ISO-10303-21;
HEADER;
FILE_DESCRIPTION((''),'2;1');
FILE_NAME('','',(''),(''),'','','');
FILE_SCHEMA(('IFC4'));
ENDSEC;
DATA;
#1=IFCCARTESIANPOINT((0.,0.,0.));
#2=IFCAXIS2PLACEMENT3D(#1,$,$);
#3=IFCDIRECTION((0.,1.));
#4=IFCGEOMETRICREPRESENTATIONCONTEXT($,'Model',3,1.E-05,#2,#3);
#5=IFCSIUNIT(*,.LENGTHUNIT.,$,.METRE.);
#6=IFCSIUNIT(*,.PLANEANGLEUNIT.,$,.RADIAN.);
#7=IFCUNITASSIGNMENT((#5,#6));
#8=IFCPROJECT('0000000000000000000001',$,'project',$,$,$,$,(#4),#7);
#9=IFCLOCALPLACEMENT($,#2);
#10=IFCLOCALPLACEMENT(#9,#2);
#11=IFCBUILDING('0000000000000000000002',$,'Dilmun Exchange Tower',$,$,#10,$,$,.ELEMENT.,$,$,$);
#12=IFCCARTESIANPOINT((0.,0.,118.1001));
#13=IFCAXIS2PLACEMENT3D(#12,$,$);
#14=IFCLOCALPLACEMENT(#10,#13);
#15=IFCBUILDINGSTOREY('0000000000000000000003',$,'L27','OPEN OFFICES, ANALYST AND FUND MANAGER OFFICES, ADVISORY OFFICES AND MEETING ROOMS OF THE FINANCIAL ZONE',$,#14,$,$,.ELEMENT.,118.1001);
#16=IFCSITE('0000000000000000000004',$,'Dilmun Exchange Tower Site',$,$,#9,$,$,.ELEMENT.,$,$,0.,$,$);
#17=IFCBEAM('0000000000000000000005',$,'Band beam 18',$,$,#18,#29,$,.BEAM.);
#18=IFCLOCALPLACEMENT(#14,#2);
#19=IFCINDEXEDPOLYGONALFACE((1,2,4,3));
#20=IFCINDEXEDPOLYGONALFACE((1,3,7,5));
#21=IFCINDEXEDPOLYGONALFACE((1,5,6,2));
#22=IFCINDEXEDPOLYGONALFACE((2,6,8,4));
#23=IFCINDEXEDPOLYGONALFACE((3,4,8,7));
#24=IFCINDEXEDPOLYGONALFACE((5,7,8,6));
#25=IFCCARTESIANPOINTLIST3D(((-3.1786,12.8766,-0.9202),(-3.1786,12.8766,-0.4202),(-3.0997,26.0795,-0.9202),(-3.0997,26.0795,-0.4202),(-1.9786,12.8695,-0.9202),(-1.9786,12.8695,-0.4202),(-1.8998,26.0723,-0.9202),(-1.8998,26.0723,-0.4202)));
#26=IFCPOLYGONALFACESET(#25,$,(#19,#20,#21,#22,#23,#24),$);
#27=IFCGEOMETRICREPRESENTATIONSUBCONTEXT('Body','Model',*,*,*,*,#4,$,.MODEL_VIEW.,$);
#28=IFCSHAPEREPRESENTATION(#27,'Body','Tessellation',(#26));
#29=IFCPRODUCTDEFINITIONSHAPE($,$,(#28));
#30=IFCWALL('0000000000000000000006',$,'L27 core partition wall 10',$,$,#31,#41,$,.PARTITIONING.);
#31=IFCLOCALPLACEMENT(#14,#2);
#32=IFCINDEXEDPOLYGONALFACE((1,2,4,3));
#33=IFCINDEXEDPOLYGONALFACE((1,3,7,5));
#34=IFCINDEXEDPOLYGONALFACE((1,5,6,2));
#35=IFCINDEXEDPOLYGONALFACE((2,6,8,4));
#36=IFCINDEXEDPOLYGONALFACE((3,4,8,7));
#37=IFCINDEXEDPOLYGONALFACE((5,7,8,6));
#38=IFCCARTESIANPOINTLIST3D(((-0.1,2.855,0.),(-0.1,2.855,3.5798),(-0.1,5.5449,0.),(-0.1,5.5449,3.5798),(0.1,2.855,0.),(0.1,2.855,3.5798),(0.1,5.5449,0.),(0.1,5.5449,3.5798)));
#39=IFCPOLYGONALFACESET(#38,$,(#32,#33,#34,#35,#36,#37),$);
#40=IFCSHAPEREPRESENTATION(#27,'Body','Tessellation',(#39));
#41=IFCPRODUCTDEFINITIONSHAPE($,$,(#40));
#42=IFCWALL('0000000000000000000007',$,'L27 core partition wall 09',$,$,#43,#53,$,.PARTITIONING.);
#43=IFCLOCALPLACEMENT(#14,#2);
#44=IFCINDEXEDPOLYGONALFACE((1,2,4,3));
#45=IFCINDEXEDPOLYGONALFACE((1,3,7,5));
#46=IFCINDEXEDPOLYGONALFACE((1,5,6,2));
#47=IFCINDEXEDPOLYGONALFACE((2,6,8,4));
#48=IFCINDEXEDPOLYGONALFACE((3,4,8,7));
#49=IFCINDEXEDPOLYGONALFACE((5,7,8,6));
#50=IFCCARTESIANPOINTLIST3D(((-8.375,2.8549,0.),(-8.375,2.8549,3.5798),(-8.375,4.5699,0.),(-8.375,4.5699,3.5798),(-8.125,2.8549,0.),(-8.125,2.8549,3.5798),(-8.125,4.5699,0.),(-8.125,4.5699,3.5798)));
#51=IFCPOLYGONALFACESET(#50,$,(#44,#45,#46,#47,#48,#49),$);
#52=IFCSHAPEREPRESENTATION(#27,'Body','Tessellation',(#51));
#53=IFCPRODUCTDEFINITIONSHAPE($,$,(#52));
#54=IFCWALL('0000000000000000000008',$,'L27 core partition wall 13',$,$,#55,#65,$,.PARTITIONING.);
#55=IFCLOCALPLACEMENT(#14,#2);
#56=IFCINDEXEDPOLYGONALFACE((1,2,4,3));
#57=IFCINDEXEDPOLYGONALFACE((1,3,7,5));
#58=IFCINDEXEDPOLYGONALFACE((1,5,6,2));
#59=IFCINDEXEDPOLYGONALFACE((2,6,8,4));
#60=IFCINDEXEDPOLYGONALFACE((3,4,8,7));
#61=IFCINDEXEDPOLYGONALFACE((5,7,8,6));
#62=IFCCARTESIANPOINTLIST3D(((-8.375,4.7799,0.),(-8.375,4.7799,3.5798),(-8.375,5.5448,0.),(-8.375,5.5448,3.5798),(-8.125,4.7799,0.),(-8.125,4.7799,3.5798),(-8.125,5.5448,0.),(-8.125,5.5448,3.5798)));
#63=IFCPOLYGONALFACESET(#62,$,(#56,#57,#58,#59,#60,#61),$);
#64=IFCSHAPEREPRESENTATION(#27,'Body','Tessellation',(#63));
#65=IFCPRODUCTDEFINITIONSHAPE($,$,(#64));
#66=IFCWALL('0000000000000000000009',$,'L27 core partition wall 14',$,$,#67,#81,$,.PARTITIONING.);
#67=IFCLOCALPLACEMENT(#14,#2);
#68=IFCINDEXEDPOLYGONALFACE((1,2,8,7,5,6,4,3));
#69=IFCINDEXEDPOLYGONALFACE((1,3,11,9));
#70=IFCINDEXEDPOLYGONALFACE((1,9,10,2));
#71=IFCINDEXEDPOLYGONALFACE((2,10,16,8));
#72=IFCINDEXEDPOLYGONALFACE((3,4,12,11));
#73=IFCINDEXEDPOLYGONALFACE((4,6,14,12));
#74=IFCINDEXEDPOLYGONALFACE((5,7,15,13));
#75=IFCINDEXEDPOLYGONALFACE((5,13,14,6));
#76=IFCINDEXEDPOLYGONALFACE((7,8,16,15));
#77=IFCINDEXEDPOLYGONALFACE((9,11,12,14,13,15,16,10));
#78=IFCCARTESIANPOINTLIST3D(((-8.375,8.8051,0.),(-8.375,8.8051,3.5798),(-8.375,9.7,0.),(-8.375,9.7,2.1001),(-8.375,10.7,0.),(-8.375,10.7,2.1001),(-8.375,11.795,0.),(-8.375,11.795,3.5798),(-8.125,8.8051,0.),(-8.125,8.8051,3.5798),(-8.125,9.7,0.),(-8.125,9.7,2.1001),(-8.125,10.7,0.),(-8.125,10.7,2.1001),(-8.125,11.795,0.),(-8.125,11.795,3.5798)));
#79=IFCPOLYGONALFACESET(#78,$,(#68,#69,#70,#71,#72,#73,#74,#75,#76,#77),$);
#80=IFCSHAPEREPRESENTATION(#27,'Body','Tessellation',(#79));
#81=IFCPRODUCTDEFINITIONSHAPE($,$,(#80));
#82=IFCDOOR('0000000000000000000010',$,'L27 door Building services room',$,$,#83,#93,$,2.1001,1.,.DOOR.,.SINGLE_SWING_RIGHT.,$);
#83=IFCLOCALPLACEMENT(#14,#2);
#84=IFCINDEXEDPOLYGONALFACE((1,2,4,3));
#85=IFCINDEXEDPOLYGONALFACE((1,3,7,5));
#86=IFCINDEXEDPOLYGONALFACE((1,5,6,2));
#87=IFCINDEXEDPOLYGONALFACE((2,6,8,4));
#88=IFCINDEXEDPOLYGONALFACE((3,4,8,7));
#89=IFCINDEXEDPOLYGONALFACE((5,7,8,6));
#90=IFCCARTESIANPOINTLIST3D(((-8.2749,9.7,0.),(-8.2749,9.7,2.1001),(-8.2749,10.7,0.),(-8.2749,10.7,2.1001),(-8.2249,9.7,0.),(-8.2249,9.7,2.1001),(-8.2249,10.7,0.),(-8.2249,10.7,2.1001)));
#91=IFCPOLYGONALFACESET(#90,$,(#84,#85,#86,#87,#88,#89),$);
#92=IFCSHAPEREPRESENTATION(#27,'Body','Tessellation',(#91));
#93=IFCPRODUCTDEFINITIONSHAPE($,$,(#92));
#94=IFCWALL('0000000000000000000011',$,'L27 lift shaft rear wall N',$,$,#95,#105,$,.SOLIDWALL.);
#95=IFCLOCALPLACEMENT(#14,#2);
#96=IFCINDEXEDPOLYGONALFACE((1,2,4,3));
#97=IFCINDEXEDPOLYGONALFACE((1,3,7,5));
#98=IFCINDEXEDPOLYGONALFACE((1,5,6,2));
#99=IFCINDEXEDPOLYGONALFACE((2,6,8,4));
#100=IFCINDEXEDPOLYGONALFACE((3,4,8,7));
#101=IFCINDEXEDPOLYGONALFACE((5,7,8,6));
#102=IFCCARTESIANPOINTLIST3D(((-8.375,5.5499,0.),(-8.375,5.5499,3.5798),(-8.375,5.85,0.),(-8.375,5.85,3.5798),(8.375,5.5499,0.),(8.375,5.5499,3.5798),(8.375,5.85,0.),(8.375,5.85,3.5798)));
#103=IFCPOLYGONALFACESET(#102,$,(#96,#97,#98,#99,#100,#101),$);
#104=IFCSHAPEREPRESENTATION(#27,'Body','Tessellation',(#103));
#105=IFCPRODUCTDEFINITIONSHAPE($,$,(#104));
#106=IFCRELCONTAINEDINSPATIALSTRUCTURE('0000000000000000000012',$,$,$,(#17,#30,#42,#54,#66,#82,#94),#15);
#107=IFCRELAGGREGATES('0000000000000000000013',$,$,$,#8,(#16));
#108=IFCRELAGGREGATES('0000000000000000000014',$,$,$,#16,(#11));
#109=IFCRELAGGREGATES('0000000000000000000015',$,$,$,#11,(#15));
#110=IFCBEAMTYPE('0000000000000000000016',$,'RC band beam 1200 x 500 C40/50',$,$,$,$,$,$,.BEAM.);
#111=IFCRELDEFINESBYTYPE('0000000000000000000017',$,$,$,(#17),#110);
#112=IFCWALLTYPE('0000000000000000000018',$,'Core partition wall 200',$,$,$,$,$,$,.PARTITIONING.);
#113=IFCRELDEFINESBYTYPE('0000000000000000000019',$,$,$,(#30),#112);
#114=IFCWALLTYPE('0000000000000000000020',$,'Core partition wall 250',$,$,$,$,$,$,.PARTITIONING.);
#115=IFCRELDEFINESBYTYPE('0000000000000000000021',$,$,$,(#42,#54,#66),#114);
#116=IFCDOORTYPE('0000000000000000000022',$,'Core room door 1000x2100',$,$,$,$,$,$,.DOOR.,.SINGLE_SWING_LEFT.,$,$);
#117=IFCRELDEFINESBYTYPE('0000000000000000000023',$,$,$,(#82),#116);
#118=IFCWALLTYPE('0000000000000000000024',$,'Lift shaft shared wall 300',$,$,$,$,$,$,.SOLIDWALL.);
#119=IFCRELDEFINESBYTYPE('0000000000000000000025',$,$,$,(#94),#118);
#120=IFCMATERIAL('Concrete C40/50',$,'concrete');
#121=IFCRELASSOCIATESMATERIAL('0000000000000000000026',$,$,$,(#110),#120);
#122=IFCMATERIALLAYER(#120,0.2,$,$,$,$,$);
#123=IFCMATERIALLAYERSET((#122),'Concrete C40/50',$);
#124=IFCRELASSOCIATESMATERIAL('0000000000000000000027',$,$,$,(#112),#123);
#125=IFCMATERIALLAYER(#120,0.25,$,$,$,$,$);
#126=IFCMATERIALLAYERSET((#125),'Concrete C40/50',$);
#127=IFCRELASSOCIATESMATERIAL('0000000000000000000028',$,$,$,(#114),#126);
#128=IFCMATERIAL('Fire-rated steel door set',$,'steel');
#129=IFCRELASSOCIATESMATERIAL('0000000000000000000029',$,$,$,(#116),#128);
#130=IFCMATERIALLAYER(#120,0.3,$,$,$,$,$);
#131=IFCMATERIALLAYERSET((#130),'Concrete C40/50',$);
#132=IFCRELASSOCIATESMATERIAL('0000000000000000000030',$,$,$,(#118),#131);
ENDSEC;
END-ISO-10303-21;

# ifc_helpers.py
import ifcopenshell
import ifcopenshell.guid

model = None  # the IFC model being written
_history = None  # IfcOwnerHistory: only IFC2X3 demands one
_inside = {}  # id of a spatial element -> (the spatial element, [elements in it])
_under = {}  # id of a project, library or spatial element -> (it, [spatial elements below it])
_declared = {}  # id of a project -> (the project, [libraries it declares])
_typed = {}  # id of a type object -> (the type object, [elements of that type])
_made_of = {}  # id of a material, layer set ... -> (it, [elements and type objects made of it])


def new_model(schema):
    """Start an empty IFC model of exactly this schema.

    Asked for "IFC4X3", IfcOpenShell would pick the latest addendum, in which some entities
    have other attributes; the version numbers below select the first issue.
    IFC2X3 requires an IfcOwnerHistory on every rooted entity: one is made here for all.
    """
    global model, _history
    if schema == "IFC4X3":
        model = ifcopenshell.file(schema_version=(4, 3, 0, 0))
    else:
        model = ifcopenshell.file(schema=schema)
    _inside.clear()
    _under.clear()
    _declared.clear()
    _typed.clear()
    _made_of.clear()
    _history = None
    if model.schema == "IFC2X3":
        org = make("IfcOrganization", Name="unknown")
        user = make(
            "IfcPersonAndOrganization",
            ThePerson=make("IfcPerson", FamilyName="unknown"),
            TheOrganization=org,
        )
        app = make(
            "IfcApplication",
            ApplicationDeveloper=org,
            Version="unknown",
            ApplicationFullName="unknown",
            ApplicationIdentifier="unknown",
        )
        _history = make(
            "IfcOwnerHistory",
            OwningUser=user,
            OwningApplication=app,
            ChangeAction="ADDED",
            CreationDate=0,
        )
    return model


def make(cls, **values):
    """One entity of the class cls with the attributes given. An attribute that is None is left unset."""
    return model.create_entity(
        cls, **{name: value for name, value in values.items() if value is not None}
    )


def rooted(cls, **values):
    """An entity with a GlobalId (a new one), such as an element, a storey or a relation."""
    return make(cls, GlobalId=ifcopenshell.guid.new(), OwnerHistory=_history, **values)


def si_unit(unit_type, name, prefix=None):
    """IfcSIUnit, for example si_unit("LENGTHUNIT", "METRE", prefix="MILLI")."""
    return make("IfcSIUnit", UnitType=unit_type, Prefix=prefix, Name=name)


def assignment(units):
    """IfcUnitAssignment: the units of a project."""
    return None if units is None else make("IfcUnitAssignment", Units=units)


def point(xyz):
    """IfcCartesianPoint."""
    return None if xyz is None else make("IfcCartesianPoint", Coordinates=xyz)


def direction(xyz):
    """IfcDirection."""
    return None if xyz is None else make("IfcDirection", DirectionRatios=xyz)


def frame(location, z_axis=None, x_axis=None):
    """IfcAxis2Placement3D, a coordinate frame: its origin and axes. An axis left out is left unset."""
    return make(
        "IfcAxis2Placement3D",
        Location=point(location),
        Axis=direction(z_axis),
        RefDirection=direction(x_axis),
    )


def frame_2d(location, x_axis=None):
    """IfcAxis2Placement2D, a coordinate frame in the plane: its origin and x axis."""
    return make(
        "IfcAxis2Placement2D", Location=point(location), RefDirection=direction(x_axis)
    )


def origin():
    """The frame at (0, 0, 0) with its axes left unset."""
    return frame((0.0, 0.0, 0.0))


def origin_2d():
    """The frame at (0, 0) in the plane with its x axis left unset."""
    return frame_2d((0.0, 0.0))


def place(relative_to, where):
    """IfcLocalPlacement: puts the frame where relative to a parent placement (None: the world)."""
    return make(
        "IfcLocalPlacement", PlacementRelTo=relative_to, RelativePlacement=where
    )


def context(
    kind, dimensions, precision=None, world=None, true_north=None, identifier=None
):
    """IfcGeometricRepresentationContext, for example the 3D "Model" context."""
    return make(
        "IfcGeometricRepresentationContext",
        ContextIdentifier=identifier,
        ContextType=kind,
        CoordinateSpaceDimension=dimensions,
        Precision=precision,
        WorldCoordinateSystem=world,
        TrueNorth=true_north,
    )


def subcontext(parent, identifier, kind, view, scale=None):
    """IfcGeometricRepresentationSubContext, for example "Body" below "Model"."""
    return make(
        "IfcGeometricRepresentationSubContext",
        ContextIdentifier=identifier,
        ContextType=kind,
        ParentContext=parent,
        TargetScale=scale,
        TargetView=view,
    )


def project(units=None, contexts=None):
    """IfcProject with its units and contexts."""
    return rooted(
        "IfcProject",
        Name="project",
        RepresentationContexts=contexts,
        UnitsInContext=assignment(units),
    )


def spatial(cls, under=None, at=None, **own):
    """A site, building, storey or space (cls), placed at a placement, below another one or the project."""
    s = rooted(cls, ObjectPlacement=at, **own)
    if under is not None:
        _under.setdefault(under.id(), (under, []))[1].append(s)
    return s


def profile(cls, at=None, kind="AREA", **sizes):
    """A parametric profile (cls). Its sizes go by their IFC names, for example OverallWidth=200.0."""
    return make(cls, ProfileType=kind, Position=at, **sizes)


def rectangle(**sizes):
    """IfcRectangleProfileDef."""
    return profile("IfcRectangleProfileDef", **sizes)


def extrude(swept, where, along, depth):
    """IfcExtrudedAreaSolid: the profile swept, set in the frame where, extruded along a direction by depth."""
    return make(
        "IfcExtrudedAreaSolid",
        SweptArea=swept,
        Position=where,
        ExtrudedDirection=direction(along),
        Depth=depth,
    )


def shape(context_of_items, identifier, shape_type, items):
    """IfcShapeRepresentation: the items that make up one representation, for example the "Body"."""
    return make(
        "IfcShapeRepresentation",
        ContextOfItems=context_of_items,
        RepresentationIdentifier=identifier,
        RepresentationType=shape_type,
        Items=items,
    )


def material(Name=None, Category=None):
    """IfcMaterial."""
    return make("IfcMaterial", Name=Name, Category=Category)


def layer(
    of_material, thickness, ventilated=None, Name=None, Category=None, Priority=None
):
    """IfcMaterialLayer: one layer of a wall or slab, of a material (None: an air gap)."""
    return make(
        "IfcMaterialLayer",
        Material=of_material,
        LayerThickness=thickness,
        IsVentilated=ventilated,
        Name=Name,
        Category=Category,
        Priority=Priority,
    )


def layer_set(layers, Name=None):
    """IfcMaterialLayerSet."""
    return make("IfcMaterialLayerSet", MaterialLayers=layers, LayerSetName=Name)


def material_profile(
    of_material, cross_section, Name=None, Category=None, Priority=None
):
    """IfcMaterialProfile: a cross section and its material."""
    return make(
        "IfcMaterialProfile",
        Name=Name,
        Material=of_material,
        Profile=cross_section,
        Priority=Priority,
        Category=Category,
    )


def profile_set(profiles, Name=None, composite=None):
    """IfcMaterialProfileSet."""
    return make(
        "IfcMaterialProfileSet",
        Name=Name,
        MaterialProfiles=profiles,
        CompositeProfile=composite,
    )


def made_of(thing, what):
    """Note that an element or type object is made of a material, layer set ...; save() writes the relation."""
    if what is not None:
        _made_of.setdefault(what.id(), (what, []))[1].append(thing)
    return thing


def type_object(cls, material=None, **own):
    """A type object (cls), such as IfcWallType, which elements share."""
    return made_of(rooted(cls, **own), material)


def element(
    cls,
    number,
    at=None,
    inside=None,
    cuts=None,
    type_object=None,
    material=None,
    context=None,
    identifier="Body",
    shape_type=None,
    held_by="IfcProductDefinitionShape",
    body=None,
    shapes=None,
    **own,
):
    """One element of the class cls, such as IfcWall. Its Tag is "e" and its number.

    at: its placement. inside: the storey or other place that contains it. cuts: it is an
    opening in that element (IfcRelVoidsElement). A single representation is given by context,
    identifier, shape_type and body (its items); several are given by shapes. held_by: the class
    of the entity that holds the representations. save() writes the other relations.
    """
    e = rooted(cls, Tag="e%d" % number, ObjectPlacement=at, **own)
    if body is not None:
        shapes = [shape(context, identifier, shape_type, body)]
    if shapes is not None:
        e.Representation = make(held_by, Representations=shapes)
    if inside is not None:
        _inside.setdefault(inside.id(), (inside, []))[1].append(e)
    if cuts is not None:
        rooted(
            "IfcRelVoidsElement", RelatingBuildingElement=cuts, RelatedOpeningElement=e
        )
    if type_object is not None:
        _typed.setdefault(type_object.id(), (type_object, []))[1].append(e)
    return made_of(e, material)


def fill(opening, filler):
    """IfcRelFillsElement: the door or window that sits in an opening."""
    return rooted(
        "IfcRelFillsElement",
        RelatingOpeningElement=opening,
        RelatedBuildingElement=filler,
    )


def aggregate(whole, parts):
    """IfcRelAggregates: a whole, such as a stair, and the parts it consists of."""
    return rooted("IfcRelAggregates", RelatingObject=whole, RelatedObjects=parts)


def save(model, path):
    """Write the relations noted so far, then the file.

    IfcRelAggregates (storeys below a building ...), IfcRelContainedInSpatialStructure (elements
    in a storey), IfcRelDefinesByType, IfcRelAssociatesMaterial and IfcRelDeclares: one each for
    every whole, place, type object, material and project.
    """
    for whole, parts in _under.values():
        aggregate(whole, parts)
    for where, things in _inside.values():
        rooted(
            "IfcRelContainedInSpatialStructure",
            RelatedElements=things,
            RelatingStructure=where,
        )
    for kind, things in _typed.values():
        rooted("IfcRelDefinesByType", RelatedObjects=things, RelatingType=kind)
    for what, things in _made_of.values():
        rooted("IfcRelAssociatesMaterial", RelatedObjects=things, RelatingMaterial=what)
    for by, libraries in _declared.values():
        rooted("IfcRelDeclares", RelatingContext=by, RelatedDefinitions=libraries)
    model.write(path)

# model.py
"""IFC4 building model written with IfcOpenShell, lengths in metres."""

from ifc_helpers import new_model, si_unit, direction, frame, frame_2d, origin, origin_2d, place, context, subcontext, project, spatial, rectangle, extrude, material, layer, layer_set, material_profile, profile_set, type_object, element, fill, save


model = new_model("IFC4")

# Units and contexts
model_context = context("Model", 3, precision=1e-05, world=origin(), true_north=direction((0.0, 1.0)))
body_context = subcontext(model_context, "Body", "Model", "MODEL_VIEW")
ifc_project = project(units=[si_unit("LENGTHUNIT", "METRE"), si_unit("PLANEANGLEUNIT", "RADIAN")], contexts=[model_context])

# Site, building, storey
site_placement = place(None, origin())
site = spatial("IfcSite", under=ifc_project, at=site_placement, Name="Dilmun Exchange Tower Site", CompositionType="ELEMENT", RefElevation=0.0)
building_placement = place(site_placement, origin())
building = spatial("IfcBuilding", under=site, at=building_placement, Name="Dilmun Exchange Tower", CompositionType="ELEMENT")
storey_placement = place(building_placement, frame((0.0, 0.0, 118.1001)))
storey = spatial("IfcBuildingStorey", under=building, at=storey_placement, Name="L27", Description="OPEN OFFICES, ANALYST AND FUND MANAGER OFFICES, ADVISORY OFFICES AND MEETING ROOMS OF THE FINANCIAL ZONE", CompositionType="ELEMENT", Elevation=118.1001)

# Beam
ifc_material_1 = material(Name="Concrete C40/50", Category="concrete")
ifc_material_profile = material_profile(ifc_material_1, rectangle(XDim=1.2, YDim=0.5, at=origin_2d()), Name="1200 x 500")
ifc_profile_set = profile_set([ifc_material_profile], Name="Concrete C40/50")
beam_type = type_object("IfcBeamType", Name="RC band beam 1200 x 500 C40/50", PredefinedType="BEAM", material=ifc_profile_set)
beam_placement = place(storey_placement, frame((-2.4998, 26.0759, -0.6702), z_axis=(-0.005973, -0.999982, 0.0), x_axis=(0.999982, -0.005973, 0.0)))
element("IfcBeam", 1, at=beam_placement, inside=storey, type_object=beam_type, Name="Band beam 18", PredefinedType="BEAM", context=body_context, shape_type="SweptSolid", body=[
    extrude(rectangle(XDim=1.2, YDim=0.5, at=origin_2d()), origin(), (0.0, 0.0, 1.0), 13.2031),
])

# Walls
ifc_layer_1 = layer(ifc_material_1, 0.2)
ifc_layer_set_1 = layer_set([ifc_layer_1], Name="Concrete C40/50")
wall_type_1 = type_object("IfcWallType", Name="Core partition wall 200", PredefinedType="PARTITIONING", material=ifc_layer_set_1)
wall_1_placement = place(storey_placement, frame((0.0, 2.855, 0.0), z_axis=(0.0, 0.0, 1.0), x_axis=(0.0, 1.0, 0.0)))
element("IfcWall", 2, at=wall_1_placement, inside=storey, type_object=wall_type_1, Name="L27 core partition wall 10", PredefinedType="PARTITIONING", context=body_context, shape_type="SweptSolid", body=[
    extrude(rectangle(XDim=2.6899, YDim=0.2, at=frame_2d((1.345, 0.0))), origin(), (0.0, 0.0, 1.0), 3.5798),
])
ifc_layer_2 = layer(ifc_material_1, 0.25)
ifc_layer_set_2 = layer_set([ifc_layer_2], Name="Concrete C40/50")
wall_type_2 = type_object("IfcWallType", Name="Core partition wall 250", PredefinedType="PARTITIONING", material=ifc_layer_set_2)
wall_2_placement = place(storey_placement, frame((-8.25, 2.855, 0.0), z_axis=(0.0, 0.0, 1.0), x_axis=(0.0, 1.0, 0.0)))
element("IfcWall", 3, at=wall_2_placement, inside=storey, type_object=wall_type_2, Name="L27 core partition wall 09", PredefinedType="PARTITIONING", context=body_context, shape_type="SweptSolid", body=[
    extrude(rectangle(XDim=1.7151, YDim=0.25, at=frame_2d((0.8574, 0.0))), origin(), (0.0, 0.0, 1.0), 3.5798),
])
wall_3_placement = place(storey_placement, frame((-8.25, 4.78, 0.0), z_axis=(0.0, 0.0, 1.0), x_axis=(0.0, 1.0, 0.0)))
element("IfcWall", 4, at=wall_3_placement, inside=storey, type_object=wall_type_2, Name="L27 core partition wall 13", PredefinedType="PARTITIONING", context=body_context, shape_type="SweptSolid", body=[
    extrude(rectangle(XDim=0.7649, YDim=0.25, at=frame_2d((0.3823, 0.0))), origin(), (0.0, 0.0, 1.0), 3.5798),
])

# Wall, opening, door
wall_4_placement = place(storey_placement, frame((-8.25, 8.8049, 0.0), z_axis=(0.0, 0.0, 1.0), x_axis=(0.0, 1.0, 0.0)))
wall_4 = element("IfcWall", 5, at=wall_4_placement, inside=storey, type_object=wall_type_2, Name="L27 core partition wall 14", PredefinedType="PARTITIONING", context=body_context, shape_type="SweptSolid", body=[
    extrude(rectangle(XDim=2.99, YDim=0.25, at=frame_2d((1.4951, 0.0))), origin(), (0.0, 0.0, 1.0), 3.5798),
])
opening_1_placement = place(wall_4_placement, frame((0.895, 0.0, 0.0)))
opening_1 = element("IfcOpeningElement", 6, at=opening_1_placement, cuts=wall_4, PredefinedType="OPENING", context=body_context, shape_type="SweptSolid", body=[
    extrude(rectangle(XDim=1.0, YDim=2.1001, at=frame_2d((0.5, 1.05))), frame((0.0, 0.135, 0.0), z_axis=(0.0, -1.0, 0.0), x_axis=(1.0, 0.0, 0.0)), (0.0, 0.0, 1.0), 0.27),
])
ifc_material_2 = material(Name="Fire-rated steel door set", Category="steel")
door_type_1 = type_object("IfcDoorType", Name="Core room door 1000x2100", OperationType="SINGLE_SWING_LEFT", PredefinedType="DOOR", material=ifc_material_2)
door_1_placement = place(opening_1_placement, origin())
door_1 = element("IfcDoor", 7, at=door_1_placement, inside=storey, type_object=door_type_1, Name="L27 door Building services room", OperationType="SINGLE_SWING_RIGHT", OverallHeight=2.1001, OverallWidth=1.0, PredefinedType="DOOR", context=body_context, shape_type="SweptSolid", body=[
    extrude(rectangle(XDim=1.0, YDim=2.1001, at=frame_2d((0.5, 1.05))), frame((0.0, 0.0249, 0.0), z_axis=(0.0, -1.0, 0.0), x_axis=(1.0, 0.0, 0.0)), (0.0, 0.0, 1.0), 0.05),
])
fill(opening_1, door_1)

# Wall
ifc_layer_3 = layer(ifc_material_1, 0.3)
ifc_layer_set_3 = layer_set([ifc_layer_3], Name="Concrete C40/50")
wall_type_3 = type_object("IfcWallType", Name="Lift shaft shared wall 300", PredefinedType="SOLIDWALL", material=ifc_layer_set_3)
wall_5_placement = place(storey_placement, frame((-8.375, 5.7, 0.0), z_axis=(0.0, 0.0, 1.0), x_axis=(1.0, 0.0, 0.0)))
element("IfcWall", 8, at=wall_5_placement, inside=storey, type_object=wall_type_3, Name="L27 lift shaft rear wall N", PredefinedType="SOLIDWALL", context=body_context, shape_type="SweptSolid", body=[
    extrude(rectangle(XDim=16.75, YDim=0.3, at=frame_2d((8.375, 0.0))), origin(), (0.0, 0.0, 1.0), 3.5798),
])

save(model, "model.ifc")
